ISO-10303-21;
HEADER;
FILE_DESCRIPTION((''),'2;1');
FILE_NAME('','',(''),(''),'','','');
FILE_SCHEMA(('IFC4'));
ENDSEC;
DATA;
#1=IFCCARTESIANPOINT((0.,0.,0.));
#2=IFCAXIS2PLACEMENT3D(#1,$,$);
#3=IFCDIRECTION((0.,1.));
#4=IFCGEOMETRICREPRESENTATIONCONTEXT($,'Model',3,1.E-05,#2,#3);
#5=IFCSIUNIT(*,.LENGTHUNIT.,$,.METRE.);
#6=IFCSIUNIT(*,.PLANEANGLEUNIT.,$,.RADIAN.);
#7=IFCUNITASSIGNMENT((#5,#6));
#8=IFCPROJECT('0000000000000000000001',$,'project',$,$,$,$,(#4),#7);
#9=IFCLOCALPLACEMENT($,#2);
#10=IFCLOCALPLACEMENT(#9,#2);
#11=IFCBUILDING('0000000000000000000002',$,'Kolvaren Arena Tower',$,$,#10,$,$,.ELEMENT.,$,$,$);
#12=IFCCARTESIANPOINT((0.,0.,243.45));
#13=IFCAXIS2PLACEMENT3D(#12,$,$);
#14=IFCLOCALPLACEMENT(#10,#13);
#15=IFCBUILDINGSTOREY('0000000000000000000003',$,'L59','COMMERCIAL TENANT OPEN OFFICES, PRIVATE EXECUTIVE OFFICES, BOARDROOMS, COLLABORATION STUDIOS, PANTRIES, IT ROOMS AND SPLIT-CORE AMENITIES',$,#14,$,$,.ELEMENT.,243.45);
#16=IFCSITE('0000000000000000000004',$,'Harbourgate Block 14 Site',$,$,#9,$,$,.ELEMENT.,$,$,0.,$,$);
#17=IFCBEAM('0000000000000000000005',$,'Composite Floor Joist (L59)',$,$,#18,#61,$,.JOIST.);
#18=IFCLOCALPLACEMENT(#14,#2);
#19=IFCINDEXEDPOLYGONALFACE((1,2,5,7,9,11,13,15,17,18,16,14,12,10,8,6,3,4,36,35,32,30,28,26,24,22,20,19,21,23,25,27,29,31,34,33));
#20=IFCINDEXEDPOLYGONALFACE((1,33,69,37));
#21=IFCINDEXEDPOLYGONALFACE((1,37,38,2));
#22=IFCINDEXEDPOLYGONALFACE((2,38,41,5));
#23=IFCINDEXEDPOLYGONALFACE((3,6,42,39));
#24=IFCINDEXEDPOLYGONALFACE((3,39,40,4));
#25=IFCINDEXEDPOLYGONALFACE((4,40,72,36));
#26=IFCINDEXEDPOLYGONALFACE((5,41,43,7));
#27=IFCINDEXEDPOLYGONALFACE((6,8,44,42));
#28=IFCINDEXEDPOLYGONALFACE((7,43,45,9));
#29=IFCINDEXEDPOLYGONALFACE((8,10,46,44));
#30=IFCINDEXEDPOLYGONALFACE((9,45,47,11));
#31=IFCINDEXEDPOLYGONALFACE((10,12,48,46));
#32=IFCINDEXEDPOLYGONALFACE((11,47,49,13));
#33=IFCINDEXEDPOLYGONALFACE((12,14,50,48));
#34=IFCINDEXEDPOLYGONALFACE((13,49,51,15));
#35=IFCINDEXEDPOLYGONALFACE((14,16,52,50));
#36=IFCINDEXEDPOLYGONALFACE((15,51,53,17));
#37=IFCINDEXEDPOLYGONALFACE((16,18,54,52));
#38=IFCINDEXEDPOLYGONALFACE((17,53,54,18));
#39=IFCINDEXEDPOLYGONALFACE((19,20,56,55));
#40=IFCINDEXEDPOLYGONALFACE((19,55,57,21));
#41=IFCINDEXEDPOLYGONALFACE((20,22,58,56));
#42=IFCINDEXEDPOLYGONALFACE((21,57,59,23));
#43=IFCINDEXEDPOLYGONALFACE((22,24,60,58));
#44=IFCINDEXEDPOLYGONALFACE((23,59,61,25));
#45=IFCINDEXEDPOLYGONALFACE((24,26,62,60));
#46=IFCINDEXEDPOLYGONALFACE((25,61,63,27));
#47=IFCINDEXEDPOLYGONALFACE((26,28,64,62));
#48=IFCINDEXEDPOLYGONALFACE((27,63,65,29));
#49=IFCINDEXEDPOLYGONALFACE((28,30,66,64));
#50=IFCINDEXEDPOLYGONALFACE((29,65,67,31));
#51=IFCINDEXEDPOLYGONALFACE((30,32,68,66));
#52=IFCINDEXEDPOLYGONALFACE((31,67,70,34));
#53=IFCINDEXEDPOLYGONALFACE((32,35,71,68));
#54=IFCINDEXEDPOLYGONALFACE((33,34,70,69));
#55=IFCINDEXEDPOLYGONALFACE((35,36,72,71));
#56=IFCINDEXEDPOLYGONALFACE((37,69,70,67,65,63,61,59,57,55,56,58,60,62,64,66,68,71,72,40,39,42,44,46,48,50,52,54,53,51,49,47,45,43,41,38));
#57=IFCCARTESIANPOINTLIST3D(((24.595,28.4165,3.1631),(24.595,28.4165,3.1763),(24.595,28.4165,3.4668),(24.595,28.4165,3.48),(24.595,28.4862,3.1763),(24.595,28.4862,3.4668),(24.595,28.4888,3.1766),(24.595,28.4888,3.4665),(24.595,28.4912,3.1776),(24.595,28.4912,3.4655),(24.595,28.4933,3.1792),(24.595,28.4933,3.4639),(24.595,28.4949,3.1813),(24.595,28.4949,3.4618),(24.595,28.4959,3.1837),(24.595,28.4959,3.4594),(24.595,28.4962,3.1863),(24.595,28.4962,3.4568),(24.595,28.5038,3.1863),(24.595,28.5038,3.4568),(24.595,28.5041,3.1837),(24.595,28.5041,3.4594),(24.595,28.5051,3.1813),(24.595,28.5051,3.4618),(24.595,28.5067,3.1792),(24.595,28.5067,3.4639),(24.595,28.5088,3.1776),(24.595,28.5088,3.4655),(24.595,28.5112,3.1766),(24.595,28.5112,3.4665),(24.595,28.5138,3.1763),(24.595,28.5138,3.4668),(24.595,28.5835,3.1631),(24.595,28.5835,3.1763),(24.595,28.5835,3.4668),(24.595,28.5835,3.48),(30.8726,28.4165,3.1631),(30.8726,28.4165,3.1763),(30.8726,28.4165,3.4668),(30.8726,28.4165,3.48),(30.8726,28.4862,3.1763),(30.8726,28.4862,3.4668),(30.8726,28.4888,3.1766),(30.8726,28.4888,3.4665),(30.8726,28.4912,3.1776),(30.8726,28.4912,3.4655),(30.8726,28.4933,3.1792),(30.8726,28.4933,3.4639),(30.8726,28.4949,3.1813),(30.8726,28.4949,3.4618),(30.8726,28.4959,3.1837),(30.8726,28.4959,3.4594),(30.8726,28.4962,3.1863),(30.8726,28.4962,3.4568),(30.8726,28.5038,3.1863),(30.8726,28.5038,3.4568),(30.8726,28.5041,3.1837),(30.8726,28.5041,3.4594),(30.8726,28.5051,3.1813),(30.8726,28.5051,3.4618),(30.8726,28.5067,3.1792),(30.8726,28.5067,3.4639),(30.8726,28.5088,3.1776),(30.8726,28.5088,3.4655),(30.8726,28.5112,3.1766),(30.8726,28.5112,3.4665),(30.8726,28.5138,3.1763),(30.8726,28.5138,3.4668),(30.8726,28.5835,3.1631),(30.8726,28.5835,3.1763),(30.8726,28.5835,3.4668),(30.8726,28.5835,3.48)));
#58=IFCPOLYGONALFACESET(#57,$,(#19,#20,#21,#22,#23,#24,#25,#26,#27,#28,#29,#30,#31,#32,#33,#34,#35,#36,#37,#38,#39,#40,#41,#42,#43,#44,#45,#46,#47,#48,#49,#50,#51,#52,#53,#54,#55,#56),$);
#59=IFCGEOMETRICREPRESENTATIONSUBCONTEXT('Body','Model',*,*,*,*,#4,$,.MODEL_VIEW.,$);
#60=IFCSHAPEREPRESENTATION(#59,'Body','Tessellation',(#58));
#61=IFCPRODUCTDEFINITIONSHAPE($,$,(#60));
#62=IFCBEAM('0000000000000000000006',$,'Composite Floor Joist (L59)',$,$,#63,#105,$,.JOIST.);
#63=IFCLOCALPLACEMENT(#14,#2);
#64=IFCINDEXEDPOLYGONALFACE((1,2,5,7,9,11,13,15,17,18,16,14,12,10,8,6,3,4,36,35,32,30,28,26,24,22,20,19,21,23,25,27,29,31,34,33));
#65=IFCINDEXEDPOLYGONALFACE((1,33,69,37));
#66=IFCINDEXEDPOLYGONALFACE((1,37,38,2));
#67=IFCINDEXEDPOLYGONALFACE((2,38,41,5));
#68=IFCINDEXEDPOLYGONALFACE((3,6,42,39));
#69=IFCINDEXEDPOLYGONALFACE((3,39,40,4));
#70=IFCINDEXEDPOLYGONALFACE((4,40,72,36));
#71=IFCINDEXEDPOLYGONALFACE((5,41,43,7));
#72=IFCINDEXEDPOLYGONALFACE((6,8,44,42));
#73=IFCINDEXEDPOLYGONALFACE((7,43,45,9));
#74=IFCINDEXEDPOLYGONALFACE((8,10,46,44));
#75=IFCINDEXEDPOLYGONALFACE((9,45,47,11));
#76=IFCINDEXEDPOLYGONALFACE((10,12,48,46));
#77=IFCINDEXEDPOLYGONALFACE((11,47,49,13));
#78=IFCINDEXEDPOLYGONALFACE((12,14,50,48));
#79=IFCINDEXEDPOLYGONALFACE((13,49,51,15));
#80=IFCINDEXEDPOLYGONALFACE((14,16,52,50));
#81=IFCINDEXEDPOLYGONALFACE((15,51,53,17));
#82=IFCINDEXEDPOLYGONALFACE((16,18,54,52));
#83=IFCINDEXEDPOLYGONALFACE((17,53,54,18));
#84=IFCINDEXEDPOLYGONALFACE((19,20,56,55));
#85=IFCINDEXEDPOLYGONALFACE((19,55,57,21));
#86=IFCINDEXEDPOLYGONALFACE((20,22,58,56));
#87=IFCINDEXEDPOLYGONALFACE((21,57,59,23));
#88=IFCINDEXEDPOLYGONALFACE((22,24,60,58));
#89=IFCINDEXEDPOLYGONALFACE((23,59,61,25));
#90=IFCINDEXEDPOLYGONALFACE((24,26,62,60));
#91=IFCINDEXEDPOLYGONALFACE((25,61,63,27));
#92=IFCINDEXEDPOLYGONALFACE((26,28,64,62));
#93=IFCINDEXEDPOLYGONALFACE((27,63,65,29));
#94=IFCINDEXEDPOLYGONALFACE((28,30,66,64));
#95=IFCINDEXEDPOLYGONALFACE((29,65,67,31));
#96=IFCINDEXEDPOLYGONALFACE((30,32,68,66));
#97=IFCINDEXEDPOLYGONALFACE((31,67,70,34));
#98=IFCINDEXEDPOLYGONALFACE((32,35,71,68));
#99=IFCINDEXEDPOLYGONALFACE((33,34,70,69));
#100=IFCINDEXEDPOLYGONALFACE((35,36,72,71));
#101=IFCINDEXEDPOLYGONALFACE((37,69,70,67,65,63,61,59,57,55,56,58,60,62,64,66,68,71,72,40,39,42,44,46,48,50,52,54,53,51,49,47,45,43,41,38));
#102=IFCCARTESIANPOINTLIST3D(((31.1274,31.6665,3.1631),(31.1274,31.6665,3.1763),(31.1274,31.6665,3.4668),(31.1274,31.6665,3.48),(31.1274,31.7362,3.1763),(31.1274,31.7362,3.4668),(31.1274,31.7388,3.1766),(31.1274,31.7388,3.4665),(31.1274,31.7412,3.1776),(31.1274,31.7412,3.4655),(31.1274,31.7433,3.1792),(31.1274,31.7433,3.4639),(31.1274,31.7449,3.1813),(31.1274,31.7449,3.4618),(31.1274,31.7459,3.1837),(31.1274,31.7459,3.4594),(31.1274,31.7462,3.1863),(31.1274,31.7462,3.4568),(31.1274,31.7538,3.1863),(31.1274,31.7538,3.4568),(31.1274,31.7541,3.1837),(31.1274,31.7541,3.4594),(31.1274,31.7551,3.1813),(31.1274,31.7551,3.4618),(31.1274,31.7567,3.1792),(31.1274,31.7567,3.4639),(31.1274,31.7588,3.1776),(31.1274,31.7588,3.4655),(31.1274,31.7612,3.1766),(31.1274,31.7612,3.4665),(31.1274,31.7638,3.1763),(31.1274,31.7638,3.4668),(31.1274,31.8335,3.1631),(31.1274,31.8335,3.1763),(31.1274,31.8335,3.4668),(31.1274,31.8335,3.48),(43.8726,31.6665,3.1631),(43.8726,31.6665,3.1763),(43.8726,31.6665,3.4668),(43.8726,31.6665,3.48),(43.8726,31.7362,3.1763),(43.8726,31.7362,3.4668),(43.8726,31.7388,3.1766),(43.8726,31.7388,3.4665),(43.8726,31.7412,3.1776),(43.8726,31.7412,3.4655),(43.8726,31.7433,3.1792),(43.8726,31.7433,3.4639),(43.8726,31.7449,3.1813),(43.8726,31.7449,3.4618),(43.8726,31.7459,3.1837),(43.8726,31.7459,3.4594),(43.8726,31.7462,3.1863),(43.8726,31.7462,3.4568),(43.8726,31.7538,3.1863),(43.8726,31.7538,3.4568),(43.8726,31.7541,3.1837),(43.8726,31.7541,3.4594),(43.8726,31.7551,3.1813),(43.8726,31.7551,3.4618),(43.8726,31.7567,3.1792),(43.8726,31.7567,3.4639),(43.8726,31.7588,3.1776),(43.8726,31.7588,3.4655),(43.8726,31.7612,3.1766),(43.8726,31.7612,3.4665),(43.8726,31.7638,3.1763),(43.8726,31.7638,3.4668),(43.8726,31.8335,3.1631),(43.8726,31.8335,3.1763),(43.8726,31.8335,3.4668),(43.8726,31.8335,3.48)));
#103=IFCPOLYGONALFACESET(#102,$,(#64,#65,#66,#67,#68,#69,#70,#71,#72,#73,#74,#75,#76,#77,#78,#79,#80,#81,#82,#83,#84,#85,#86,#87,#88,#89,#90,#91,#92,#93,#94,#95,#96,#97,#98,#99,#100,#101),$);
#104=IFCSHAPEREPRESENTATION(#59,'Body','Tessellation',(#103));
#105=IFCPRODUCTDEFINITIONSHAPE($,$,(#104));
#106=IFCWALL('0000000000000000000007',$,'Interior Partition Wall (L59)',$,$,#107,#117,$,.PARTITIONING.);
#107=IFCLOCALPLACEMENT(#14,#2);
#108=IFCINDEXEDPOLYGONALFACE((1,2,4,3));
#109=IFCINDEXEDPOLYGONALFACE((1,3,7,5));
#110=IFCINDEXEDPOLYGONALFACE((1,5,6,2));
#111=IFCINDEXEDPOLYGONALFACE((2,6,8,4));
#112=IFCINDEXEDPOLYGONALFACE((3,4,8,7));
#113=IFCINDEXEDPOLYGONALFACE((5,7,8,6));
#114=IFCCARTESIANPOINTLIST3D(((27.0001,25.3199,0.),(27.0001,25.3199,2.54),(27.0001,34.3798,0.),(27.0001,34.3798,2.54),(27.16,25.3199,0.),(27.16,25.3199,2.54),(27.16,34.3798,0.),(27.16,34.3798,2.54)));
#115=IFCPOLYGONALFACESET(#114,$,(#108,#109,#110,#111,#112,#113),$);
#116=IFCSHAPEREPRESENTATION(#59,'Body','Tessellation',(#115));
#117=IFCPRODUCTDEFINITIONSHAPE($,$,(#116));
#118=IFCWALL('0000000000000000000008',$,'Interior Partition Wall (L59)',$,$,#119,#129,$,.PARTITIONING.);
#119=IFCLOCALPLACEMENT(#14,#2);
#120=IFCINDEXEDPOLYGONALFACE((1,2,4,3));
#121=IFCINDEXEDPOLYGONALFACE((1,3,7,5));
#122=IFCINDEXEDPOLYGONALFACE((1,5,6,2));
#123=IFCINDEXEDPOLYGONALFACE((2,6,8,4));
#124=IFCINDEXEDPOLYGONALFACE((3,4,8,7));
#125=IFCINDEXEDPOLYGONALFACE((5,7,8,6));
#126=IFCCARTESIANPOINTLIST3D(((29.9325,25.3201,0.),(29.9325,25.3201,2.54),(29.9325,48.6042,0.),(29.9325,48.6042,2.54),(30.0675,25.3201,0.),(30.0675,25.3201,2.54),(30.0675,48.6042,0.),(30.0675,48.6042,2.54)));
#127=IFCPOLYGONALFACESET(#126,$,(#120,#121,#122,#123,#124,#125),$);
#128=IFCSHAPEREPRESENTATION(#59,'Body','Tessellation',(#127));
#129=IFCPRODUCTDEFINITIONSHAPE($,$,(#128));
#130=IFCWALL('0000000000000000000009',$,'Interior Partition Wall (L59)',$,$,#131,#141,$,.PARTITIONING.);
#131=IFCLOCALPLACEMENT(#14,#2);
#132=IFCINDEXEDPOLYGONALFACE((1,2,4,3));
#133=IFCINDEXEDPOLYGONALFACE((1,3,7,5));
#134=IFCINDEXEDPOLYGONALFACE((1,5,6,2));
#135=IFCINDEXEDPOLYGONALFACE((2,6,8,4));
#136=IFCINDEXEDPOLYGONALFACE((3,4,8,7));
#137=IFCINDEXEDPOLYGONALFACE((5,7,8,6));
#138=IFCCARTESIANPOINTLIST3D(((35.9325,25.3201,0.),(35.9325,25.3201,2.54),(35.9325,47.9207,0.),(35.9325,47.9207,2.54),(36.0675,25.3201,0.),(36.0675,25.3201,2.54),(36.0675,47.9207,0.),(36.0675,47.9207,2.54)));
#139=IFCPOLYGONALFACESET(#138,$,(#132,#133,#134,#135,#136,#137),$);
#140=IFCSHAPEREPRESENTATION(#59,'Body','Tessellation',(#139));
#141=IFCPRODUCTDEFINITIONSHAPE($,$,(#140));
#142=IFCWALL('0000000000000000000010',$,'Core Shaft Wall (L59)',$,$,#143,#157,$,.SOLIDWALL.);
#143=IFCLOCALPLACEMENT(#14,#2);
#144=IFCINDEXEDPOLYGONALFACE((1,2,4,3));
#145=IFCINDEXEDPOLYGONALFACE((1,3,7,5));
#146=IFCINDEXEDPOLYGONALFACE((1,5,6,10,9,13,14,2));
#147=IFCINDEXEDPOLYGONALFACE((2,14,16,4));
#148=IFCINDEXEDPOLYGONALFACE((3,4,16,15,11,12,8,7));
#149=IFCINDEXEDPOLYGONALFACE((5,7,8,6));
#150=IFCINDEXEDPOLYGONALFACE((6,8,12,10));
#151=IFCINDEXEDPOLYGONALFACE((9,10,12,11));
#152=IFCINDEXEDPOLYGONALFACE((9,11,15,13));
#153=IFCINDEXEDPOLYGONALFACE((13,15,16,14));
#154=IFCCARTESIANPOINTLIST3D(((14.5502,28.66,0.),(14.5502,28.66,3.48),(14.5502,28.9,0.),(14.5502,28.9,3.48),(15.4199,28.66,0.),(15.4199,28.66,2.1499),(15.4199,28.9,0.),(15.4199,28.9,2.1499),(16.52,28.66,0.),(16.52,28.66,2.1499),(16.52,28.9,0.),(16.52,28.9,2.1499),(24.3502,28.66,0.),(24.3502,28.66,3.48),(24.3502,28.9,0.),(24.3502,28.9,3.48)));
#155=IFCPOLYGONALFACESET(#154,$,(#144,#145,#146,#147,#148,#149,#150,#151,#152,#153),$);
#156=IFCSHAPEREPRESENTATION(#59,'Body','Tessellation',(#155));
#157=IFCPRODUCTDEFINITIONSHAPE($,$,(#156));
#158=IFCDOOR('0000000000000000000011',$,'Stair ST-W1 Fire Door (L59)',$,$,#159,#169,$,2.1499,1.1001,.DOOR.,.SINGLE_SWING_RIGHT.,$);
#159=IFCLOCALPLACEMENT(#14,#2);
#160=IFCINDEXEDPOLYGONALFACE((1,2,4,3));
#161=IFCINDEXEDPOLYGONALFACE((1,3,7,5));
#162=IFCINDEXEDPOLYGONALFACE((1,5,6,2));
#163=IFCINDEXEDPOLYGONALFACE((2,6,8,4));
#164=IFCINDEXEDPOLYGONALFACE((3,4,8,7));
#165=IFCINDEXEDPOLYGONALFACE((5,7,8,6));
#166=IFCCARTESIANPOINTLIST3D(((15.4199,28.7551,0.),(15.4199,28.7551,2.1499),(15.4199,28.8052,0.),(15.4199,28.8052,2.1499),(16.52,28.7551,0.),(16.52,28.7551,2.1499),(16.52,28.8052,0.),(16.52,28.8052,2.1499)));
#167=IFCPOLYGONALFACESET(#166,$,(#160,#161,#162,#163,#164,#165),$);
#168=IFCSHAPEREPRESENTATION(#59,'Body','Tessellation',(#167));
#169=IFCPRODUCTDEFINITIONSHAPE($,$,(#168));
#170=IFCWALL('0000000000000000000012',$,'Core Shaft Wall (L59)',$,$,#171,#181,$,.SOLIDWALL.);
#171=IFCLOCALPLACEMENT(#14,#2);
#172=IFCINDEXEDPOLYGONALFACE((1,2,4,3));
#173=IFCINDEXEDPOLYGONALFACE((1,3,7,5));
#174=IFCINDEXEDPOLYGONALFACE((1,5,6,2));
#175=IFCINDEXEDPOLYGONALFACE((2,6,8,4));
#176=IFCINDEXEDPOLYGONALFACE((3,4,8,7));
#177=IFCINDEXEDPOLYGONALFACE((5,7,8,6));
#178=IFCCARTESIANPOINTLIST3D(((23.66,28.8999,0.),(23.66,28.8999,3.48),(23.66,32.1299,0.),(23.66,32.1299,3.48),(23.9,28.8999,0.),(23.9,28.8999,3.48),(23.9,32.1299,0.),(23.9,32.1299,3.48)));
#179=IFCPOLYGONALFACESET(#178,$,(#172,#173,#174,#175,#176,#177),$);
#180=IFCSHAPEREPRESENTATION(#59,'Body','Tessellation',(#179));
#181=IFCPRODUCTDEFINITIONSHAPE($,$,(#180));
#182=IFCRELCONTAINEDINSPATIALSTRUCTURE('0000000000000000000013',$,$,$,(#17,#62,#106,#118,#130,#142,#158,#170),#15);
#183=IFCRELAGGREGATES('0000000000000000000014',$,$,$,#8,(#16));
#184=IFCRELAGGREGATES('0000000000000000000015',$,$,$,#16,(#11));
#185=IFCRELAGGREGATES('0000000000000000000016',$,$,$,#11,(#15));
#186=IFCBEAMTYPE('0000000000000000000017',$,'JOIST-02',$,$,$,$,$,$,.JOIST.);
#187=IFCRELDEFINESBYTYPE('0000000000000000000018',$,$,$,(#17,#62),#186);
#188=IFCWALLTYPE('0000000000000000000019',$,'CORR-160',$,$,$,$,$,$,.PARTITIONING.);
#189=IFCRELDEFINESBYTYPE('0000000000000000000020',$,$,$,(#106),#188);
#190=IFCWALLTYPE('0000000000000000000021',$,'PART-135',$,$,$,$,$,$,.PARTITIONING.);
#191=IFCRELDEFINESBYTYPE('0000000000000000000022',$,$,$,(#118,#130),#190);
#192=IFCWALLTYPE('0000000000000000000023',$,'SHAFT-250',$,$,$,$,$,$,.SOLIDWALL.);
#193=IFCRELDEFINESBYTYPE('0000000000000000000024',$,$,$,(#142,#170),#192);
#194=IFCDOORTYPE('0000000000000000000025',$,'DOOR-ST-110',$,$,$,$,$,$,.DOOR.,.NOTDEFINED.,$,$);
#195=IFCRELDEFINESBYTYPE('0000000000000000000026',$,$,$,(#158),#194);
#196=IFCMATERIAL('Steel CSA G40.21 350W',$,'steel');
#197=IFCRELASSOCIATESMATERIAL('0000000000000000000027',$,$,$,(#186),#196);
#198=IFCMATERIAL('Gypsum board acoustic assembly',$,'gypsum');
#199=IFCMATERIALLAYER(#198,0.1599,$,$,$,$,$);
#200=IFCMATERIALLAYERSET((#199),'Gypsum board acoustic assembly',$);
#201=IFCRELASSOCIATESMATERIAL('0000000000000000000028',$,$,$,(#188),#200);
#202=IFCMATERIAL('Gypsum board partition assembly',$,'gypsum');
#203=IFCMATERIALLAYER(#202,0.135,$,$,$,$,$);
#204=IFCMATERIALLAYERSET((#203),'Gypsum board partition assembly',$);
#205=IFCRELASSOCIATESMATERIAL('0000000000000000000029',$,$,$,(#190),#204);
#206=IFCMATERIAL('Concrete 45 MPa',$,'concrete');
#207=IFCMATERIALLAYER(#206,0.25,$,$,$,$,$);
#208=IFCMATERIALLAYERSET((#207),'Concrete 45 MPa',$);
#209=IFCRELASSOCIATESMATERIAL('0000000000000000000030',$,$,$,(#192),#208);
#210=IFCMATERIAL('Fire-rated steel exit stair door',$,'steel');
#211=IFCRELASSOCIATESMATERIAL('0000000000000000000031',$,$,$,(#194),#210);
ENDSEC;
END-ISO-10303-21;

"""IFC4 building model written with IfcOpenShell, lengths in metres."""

from ifc_helpers import new_model, si_unit, direction, frame, frame_2d, origin, origin_2d, place, context, subcontext, project, spatial, rectangle, i_section, extrude, material, layer, layer_set, material_profile, profile_set, type_object, element, fill, save


model = new_model("IFC4")

# Units and contexts
model_context = context("Model", 3, precision=1e-05, world=origin(), true_north=direction((0.0, 1.0)))
body_context = subcontext(model_context, "Body", "Model", "MODEL_VIEW")
ifc_project = project(units=[si_unit("LENGTHUNIT", "METRE"), si_unit("PLANEANGLEUNIT", "RADIAN")], contexts=[model_context])

# Site, building, storey
site_placement = place(None, origin())
site = spatial("IfcSite", under=ifc_project, at=site_placement, Name="Harbourgate Block 14 Site", CompositionType="ELEMENT", RefElevation=0.0)
building_placement = place(site_placement, origin())
building = spatial("IfcBuilding", under=site, at=building_placement, Name="Kolvaren Arena Tower", CompositionType="ELEMENT")
storey_placement = place(building_placement, frame((0.0, 0.0, 243.45)))
storey = spatial("IfcBuildingStorey", under=building, at=storey_placement, Name="L59", Description="COMMERCIAL TENANT OPEN OFFICES, PRIVATE EXECUTIVE OFFICES, BOARDROOMS, COLLABORATION STUDIOS, PANTRIES, IT ROOMS AND SPLIT-CORE AMENITIES", CompositionType="ELEMENT", Elevation=243.45)

# Beams
ifc_material_1 = material(Name="Steel CSA G40.21 350W", Category="steel")
ifc_material_profile_1 = material_profile(ifc_material_1, i_section(OverallWidth=0.167, OverallDepth=0.3169, WebThickness=0.0076, FlangeThickness=0.0132, FilletRadius=0.01, at=origin_2d()), Name="W310x52")
ifc_profile_set_1 = profile_set([ifc_material_profile_1], Name="Steel CSA G40.21 350W")
beam_type_1 = type_object("IfcBeamType", Name="JOIST-02", PredefinedType="JOIST", material=ifc_profile_set_1)
beam_1_placement = place(storey_placement, frame((24.595, 28.5, 3.3215), z_axis=(1.0, 0.0, 0.0), x_axis=(0.0, 1.0, 0.0)))
element("IfcBeam", 1, at=beam_1_placement, inside=storey, type_object=beam_type_1, Name="Composite Floor Joist (L59)", PredefinedType="JOIST", context=body_context, shape_type="SweptSolid", body=[
    extrude(i_section(OverallWidth=0.167, OverallDepth=0.3169, WebThickness=0.0076, FlangeThickness=0.0132, FilletRadius=0.01, at=origin_2d()), origin(), (0.0, 0.0, 1.0), 6.2776),
])
beam_2_placement = place(storey_placement, frame((31.1274, 31.75, 3.3215), z_axis=(1.0, 0.0, 0.0), x_axis=(0.0, 1.0, 0.0)))
element("IfcBeam", 2, at=beam_2_placement, inside=storey, type_object=beam_type_1, Name="Composite Floor Joist (L59)", PredefinedType="JOIST", context=body_context, shape_type="SweptSolid", body=[
    extrude(i_section(OverallWidth=0.167, OverallDepth=0.3169, WebThickness=0.0076, FlangeThickness=0.0132, FilletRadius=0.01, at=origin_2d()), origin(), (0.0, 0.0, 1.0), 12.7451),
])

# Shared definitions
ifc_material_2 = material(Name="Gypsum board acoustic assembly", Category="gypsum")
ifc_layer_1 = layer(ifc_material_2, 0.1599)
ifc_layer_set_1 = layer_set([ifc_layer_1], Name="Gypsum board acoustic assembly")
wall_type_1 = type_object("IfcWallType", Name="CORR-160", PredefinedType="PARTITIONING", material=ifc_layer_set_1)

# Wall
wall_1_placement = place(storey_placement, frame((27.0801, 25.3201, 0.0), z_axis=(0.0, 0.0, 1.0), x_axis=(0.0, 1.0, 0.0)))
element("IfcWall", 3, at=wall_1_placement, inside=storey, type_object=wall_type_1, Name="Interior Partition Wall (L59)", PredefinedType="PARTITIONING", context=body_context, shape_type="SweptSolid", body=[
    extrude(rectangle(XDim=9.0598, YDim=0.1599, at=frame_2d((4.5298, 0.0))), origin(), (0.0, 0.0, 1.0), 2.54),
])

# Walls
ifc_material_3 = material(Name="Gypsum board partition assembly", Category="gypsum")
ifc_layer_2 = layer(ifc_material_3, 0.135)
ifc_layer_set_2 = layer_set([ifc_layer_2], Name="Gypsum board partition assembly")
wall_type_2 = type_object("IfcWallType", Name="PART-135", PredefinedType="PARTITIONING", material=ifc_layer_set_2)
wall_2_placement = place(storey_placement, frame((30.0, 25.3201, 0.0), z_axis=(0.0, 0.0, 1.0), x_axis=(0.0, 1.0, 0.0)))
element("IfcWall", 4, at=wall_2_placement, inside=storey, type_object=wall_type_2, Name="Interior Partition Wall (L59)", PredefinedType="PARTITIONING", context=body_context, shape_type="SweptSolid", body=[
    extrude(rectangle(XDim=23.2842, YDim=0.135, at=frame_2d((11.6421, 0.0))), origin(), (0.0, 0.0, 1.0), 2.54),
])
wall_3_placement = place(storey_placement, frame((36.0, 25.3201, 0.0), z_axis=(0.0, 0.0, 1.0), x_axis=(0.0, 1.0, 0.0)))
element("IfcWall", 5, at=wall_3_placement, inside=storey, type_object=wall_type_2, Name="Interior Partition Wall (L59)", PredefinedType="PARTITIONING", context=body_context, shape_type="SweptSolid", body=[
    extrude(rectangle(XDim=22.6006, YDim=0.135, at=frame_2d((11.3003, 0.0))), origin(), (0.0, 0.0, 1.0), 2.54),
])

# Wall, opening, door
ifc_material_4 = material(Name="Concrete 45 MPa", Category="concrete")
ifc_layer_3 = layer(ifc_material_4, 0.25)
ifc_layer_set_3 = layer_set([ifc_layer_3], Name="Concrete 45 MPa")
wall_type_3 = type_object("IfcWallType", Name="SHAFT-250", PredefinedType="SOLIDWALL", material=ifc_layer_set_3)
wall_4_placement = place(storey_placement, frame((24.3501, 28.78, 0.0), z_axis=(0.0, 0.0, 1.0), x_axis=(-1.0, 0.0, 0.0)))
wall_4 = element("IfcWall", 6, at=wall_4_placement, inside=storey, type_object=wall_type_3, Name="Core Shaft Wall (L59)", PredefinedType="SOLIDWALL", context=body_context, shape_type="SweptSolid", body=[
    extrude(rectangle(XDim=9.8, YDim=0.24, at=frame_2d((4.8999, 0.0))), origin(), (0.0, 0.0, 1.0), 3.48),
])
opening_1_placement = place(wall_4_placement, frame((7.8301, 0.0, 0.0)))
opening_1 = element("IfcOpeningElement", 7, at=opening_1_placement, cuts=wall_4, PredefinedType="OPENING", context=body_context, shape_type="SweptSolid", body=[
    extrude(rectangle(XDim=1.1001, YDim=2.1499, at=frame_2d((0.55, 1.075))), frame((0.0, 0.1299, 0.0), z_axis=(0.0, -1.0, 0.0), x_axis=(1.0, 0.0, 0.0)), (0.0, 0.0, 1.0), 0.26),
])
ifc_material_5 = material(Name="Fire-rated steel exit stair door", Category="steel")
door_type_1 = type_object("IfcDoorType", Name="DOOR-ST-110", OperationType="NOTDEFINED", PredefinedType="DOOR", material=ifc_material_5)
door_1_placement = place(opening_1_placement, origin())
door_1 = element("IfcDoor", 8, at=door_1_placement, inside=storey, type_object=door_type_1, Name="Stair ST-W1 Fire Door (L59)", OperationType="SINGLE_SWING_RIGHT", OverallHeight=2.1499, OverallWidth=1.1001, PredefinedType="DOOR", context=body_context, shape_type="SweptSolid", body=[
    extrude(rectangle(XDim=1.1001, YDim=2.1499, at=frame_2d((0.55, 1.075))), frame((0.0, 0.0249, 0.0), z_axis=(0.0, -1.0, 0.0), x_axis=(1.0, 0.0, 0.0)), (0.0, 0.0, 1.0), 0.05),
])
fill(opening_1, door_1)

# Wall
wall_5_placement = place(storey_placement, frame((23.78, 28.8999, 0.0), z_axis=(0.0, 0.0, 1.0), x_axis=(0.0, 1.0, 0.0)))
element("IfcWall", 9, at=wall_5_placement, inside=storey, type_object=wall_type_3, Name="Core Shaft Wall (L59)", PredefinedType="SOLIDWALL", context=body_context, shape_type="SweptSolid", body=[
    extrude(rectangle(XDim=3.23, YDim=0.24, at=frame_2d((1.615, 0.0))), origin(), (0.0, 0.0, 1.0), 3.48),
])

save(model, "model.ifc")
